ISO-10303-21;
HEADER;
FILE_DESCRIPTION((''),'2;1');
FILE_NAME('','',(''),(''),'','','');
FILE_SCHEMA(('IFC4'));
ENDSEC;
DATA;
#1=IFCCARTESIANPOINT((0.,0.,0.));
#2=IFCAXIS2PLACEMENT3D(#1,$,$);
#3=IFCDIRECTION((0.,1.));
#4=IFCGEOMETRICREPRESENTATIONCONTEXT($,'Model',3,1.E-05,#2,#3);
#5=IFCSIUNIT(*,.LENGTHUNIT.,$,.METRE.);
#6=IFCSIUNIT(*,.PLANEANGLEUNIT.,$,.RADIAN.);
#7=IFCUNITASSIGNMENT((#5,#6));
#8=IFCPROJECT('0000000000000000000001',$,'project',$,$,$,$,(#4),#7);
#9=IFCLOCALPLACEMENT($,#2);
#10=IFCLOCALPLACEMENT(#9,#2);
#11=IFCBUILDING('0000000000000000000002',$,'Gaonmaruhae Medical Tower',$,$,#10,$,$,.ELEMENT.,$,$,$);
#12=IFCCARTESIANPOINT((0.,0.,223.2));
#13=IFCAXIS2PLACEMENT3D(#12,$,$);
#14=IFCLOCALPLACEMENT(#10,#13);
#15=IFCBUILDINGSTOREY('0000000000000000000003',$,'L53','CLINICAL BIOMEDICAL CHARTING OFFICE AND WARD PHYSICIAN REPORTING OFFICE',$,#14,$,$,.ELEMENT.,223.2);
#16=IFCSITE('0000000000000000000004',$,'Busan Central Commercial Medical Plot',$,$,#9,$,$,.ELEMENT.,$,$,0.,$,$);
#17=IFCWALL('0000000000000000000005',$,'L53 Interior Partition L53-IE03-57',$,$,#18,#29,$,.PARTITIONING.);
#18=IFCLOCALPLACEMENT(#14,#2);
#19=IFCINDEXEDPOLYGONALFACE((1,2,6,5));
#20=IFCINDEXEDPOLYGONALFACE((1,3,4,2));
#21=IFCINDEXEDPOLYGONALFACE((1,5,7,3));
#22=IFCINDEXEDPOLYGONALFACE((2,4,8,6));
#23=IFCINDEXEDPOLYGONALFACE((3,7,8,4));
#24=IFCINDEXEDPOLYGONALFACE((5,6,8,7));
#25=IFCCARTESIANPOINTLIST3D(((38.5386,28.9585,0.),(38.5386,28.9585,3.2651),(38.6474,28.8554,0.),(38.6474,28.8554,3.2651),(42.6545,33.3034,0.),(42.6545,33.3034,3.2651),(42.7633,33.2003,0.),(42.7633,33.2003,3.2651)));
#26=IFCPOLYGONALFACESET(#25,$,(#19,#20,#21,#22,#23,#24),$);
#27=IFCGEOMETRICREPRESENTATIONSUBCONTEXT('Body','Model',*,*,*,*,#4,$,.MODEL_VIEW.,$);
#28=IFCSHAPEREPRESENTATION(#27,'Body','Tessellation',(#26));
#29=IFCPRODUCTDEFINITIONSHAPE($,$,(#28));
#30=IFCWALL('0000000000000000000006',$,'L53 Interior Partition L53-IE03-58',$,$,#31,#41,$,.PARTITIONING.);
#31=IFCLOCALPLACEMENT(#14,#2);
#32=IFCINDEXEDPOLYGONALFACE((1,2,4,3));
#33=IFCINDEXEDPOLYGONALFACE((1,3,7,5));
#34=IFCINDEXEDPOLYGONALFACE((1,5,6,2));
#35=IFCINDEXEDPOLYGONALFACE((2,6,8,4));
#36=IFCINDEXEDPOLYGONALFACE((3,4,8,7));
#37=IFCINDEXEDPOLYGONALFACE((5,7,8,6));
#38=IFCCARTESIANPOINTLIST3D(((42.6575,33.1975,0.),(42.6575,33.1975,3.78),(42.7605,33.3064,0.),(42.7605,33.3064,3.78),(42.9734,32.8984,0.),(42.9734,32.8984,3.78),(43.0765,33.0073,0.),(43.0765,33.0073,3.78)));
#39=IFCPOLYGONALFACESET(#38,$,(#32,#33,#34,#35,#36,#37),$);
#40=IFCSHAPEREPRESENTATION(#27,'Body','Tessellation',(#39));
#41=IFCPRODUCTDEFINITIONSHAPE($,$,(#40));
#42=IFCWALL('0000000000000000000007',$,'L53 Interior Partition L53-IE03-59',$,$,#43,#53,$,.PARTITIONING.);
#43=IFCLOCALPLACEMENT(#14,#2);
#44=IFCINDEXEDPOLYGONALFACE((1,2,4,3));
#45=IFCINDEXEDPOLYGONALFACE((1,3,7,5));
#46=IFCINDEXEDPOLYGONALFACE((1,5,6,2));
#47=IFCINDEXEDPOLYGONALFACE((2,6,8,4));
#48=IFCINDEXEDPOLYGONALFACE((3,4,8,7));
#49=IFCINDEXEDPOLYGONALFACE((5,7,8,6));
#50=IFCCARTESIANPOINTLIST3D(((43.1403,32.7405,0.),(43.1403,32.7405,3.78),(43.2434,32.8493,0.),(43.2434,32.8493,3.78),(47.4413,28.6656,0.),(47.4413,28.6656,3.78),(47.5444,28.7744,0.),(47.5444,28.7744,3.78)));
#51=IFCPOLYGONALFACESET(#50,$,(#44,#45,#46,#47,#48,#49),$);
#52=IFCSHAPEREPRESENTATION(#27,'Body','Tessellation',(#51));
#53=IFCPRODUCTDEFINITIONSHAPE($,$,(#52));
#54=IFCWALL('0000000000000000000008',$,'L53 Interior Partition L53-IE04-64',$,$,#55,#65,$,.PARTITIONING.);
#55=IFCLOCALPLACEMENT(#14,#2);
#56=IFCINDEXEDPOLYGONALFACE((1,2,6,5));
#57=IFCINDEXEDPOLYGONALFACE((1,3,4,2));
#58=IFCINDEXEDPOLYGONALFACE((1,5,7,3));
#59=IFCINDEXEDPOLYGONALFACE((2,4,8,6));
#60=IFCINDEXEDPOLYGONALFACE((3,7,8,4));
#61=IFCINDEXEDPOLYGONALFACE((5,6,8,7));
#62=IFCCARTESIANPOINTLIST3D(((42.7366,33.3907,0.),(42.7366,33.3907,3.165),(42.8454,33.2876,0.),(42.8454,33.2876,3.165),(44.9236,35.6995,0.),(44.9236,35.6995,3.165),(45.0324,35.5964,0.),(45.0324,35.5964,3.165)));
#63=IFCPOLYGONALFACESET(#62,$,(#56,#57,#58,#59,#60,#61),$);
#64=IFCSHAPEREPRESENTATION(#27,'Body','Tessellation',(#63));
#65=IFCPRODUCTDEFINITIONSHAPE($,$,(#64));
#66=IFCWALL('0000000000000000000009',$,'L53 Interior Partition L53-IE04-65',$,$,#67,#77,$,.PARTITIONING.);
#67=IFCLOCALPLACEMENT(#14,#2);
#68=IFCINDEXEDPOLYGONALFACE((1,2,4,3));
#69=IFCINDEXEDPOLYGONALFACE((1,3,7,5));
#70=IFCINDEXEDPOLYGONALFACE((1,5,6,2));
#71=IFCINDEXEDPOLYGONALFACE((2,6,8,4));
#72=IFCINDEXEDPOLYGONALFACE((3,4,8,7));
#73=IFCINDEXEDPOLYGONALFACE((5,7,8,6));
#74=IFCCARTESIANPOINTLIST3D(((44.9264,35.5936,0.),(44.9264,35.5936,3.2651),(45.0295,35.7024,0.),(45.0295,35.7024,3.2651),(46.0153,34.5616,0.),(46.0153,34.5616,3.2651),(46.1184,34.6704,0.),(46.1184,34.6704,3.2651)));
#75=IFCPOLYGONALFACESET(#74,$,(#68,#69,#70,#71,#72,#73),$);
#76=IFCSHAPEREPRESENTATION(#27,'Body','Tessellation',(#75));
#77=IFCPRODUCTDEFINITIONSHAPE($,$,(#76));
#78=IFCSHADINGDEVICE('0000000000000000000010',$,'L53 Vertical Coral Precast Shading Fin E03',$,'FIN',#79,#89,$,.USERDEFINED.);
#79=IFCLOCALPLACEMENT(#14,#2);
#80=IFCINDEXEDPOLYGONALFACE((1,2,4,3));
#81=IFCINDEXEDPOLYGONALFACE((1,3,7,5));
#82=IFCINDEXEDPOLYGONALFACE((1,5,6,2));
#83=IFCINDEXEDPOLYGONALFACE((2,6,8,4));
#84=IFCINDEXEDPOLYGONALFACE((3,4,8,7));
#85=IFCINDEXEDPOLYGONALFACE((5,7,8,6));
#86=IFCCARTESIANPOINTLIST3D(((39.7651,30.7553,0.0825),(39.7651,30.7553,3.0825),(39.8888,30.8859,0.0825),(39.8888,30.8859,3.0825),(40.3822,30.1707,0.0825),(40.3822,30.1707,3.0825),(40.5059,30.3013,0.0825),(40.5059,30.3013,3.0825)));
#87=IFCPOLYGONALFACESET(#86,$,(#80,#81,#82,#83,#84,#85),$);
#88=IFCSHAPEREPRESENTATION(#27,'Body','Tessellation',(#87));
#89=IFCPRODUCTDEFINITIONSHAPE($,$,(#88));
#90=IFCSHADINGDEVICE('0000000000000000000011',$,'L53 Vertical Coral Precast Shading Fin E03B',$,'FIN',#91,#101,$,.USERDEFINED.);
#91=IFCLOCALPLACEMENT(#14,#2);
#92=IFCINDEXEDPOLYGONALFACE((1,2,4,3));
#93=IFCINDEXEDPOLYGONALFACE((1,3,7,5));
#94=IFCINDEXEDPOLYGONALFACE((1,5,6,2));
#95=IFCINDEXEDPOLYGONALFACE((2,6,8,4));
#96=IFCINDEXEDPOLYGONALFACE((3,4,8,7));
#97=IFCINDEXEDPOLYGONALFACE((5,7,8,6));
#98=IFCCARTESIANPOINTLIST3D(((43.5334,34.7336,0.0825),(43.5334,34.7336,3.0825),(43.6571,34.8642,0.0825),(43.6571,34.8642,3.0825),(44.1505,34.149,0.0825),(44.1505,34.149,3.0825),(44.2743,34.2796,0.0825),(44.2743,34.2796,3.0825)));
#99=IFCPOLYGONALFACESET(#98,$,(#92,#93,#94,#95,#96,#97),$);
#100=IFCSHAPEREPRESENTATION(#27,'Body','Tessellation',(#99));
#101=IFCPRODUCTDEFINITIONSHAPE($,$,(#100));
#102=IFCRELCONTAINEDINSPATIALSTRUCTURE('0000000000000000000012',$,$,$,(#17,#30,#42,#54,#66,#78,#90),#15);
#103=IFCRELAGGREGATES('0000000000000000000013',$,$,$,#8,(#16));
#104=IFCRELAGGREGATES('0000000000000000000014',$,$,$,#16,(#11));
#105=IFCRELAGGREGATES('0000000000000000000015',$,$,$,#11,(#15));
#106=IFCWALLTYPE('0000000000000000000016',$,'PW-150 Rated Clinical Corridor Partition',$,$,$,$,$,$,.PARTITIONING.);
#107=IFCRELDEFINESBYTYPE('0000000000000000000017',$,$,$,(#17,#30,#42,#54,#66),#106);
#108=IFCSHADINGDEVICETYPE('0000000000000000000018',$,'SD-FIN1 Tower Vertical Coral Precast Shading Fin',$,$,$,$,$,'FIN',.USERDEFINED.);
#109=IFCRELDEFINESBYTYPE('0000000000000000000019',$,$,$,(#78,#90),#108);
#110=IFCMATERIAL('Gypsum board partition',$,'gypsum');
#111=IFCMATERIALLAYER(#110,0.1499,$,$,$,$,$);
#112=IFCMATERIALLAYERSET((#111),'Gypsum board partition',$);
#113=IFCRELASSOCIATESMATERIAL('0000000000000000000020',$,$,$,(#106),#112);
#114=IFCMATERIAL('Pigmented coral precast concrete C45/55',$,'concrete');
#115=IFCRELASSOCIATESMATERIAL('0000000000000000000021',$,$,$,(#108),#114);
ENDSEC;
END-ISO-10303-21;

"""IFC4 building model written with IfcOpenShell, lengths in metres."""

from ifc_helpers import new_model, si_unit, direction, frame, frame_2d, origin, origin_2d, place, context, subcontext, project, spatial, rectangle, extrude, material, layer, layer_set, type_object, element, save


model = new_model("IFC4")

# Units and contexts
model_context = context("Model", 3, precision=1e-05, world=origin(), true_north=direction((0.0, 1.0)))
body_context = subcontext(model_context, "Body", "Model", "MODEL_VIEW")
ifc_project = project(units=[si_unit("LENGTHUNIT", "METRE"), si_unit("PLANEANGLEUNIT", "RADIAN")], contexts=[model_context])

# Site, building, storey
site_placement = place(None, origin())
site = spatial("IfcSite", under=ifc_project, at=site_placement, Name="Busan Central Commercial Medical Plot", CompositionType="ELEMENT", RefElevation=0.0)
building_placement = place(site_placement, origin())
building = spatial("IfcBuilding", under=site, at=building_placement, Name="Gaonmaruhae Medical Tower", CompositionType="ELEMENT")
storey_placement = place(building_placement, frame((0.0, 0.0, 223.2)))
storey = spatial("IfcBuildingStorey", under=building, at=storey_placement, Name="L53", Description="CLINICAL BIOMEDICAL CHARTING OFFICE AND WARD PHYSICIAN REPORTING OFFICE", CompositionType="ELEMENT", Elevation=223.2)

# Walls
ifc_material_1 = material(Name="Gypsum board partition", Category="gypsum")
ifc_layer_1 = layer(ifc_material_1, 0.1499)
ifc_layer_set_1 = layer_set([ifc_layer_1], Name="Gypsum board partition")
wall_type_1 = type_object("IfcWallType", Name="PW-150 Rated Clinical Corridor Partition", PredefinedType="PARTITIONING", material=ifc_layer_set_1)
wall_1_placement = place(storey_placement, frame((38.593, 28.907, 0.0), z_axis=(0.0, 0.0, 1.0), x_axis=(0.687716, 0.725979, 0.0)))
element("IfcWall", 1, at=wall_1_placement, inside=storey, type_object=wall_type_1, Name="L53 Interior Partition L53-IE03-57", PredefinedType="PARTITIONING", context=body_context, shape_type="SweptSolid", body=[
    extrude(rectangle(XDim=5.9849, YDim=0.1499, at=frame_2d((2.9924, 0.0))), origin(), (0.0, 0.0, 1.0), 3.2651),
])
wall_2_placement = place(storey_placement, frame((42.709, 33.252, 0.0), z_axis=(0.0, 0.0, 1.0), x_axis=(0.726203, -0.68748, 0.0)))
element("IfcWall", 2, at=wall_2_placement, inside=storey, type_object=wall_type_1, Name="L53 Interior Partition L53-IE03-58", PredefinedType="PARTITIONING", context=body_context, shape_type="SweptSolid", body=[
    extrude(rectangle(XDim=0.4351, YDim=0.1499, at=frame_2d((0.2175, 0.0))), origin(), (0.0, 0.0, 1.0), 3.78),
])
wall_3_placement = place(storey_placement, frame((43.1919, 32.7949, 0.0), z_axis=(0.0, 0.0, 1.0), x_axis=(0.725928, -0.687771, 0.0)))
element("IfcWall", 3, at=wall_3_placement, inside=storey, type_object=wall_type_1, Name="L53 Interior Partition L53-IE03-59", PredefinedType="PARTITIONING", context=body_context, shape_type="SweptSolid", body=[
    extrude(rectangle(XDim=5.9248, YDim=0.1499, at=frame_2d((2.9624, 0.0))), origin(), (0.0, 0.0, 1.0), 3.78),
])
wall_4_placement = place(storey_placement, frame((42.791, 33.3391, 0.0), z_axis=(0.0, 0.0, 1.0), x_axis=(0.687694, 0.726001, 0.0)))
element("IfcWall", 4, at=wall_4_placement, inside=storey, type_object=wall_type_1, Name="L53 Interior Partition L53-IE04-64", PredefinedType="PARTITIONING", context=body_context, shape_type="SweptSolid", body=[
    extrude(rectangle(XDim=3.1802, YDim=0.1499, at=frame_2d((1.5901, 0.0))), origin(), (0.0, 0.0, 1.0), 3.165),
])
wall_5_placement = place(storey_placement, frame((44.978, 35.6479, 0.0), z_axis=(0.0, 0.0, 1.0), x_axis=(0.725812, -0.687894, 0.0)))
element("IfcWall", 5, at=wall_5_placement, inside=storey, type_object=wall_type_1, Name="L53 Interior Partition L53-IE04-65", PredefinedType="PARTITIONING", context=body_context, shape_type="SweptSolid", body=[
    extrude(rectangle(XDim=1.5002, YDim=0.1499, at=frame_2d((0.75, 0.0))), origin(), (0.0, 0.0, 1.0), 3.2651),
])

# Shading devices
ifc_material_2 = material(Name="Pigmented coral precast concrete C45/55", Category="concrete")
shading_device_type = type_object("IfcShadingDeviceType", Name="SD-FIN1 Tower Vertical Coral Precast Shading Fin", ElementType="FIN", PredefinedType="USERDEFINED", material=ifc_material_2)
for number, where, z_axis, x_axis, name in (
    (6, (40.1355, 30.5283, 0.0825), (0.0, 0.0, 1.0), (0.687721, 0.725975, 0.0), "L53 Vertical Coral Precast Shading Fin E03"),
    (7, (43.9038, 34.5066, 0.0825), (0.0, 0.0, 1.0), (0.687721, 0.725975, 0.0), "L53 Vertical Coral Precast Shading Fin E03B"),
):
    element("IfcShadingDevice", number, at=place(storey_placement, frame(where, z_axis=z_axis, x_axis=x_axis)), inside=storey, type_object=shading_device_type, Name=name, ObjectType="FIN", PredefinedType="USERDEFINED", context=body_context, shape_type="SweptSolid", body=[
        extrude(rectangle(XDim=0.1799, YDim=0.8501, at=origin_2d()), origin(), (0.0, 0.0, 1.0), 3.0),
    ])

save(model, "model.ifc")
